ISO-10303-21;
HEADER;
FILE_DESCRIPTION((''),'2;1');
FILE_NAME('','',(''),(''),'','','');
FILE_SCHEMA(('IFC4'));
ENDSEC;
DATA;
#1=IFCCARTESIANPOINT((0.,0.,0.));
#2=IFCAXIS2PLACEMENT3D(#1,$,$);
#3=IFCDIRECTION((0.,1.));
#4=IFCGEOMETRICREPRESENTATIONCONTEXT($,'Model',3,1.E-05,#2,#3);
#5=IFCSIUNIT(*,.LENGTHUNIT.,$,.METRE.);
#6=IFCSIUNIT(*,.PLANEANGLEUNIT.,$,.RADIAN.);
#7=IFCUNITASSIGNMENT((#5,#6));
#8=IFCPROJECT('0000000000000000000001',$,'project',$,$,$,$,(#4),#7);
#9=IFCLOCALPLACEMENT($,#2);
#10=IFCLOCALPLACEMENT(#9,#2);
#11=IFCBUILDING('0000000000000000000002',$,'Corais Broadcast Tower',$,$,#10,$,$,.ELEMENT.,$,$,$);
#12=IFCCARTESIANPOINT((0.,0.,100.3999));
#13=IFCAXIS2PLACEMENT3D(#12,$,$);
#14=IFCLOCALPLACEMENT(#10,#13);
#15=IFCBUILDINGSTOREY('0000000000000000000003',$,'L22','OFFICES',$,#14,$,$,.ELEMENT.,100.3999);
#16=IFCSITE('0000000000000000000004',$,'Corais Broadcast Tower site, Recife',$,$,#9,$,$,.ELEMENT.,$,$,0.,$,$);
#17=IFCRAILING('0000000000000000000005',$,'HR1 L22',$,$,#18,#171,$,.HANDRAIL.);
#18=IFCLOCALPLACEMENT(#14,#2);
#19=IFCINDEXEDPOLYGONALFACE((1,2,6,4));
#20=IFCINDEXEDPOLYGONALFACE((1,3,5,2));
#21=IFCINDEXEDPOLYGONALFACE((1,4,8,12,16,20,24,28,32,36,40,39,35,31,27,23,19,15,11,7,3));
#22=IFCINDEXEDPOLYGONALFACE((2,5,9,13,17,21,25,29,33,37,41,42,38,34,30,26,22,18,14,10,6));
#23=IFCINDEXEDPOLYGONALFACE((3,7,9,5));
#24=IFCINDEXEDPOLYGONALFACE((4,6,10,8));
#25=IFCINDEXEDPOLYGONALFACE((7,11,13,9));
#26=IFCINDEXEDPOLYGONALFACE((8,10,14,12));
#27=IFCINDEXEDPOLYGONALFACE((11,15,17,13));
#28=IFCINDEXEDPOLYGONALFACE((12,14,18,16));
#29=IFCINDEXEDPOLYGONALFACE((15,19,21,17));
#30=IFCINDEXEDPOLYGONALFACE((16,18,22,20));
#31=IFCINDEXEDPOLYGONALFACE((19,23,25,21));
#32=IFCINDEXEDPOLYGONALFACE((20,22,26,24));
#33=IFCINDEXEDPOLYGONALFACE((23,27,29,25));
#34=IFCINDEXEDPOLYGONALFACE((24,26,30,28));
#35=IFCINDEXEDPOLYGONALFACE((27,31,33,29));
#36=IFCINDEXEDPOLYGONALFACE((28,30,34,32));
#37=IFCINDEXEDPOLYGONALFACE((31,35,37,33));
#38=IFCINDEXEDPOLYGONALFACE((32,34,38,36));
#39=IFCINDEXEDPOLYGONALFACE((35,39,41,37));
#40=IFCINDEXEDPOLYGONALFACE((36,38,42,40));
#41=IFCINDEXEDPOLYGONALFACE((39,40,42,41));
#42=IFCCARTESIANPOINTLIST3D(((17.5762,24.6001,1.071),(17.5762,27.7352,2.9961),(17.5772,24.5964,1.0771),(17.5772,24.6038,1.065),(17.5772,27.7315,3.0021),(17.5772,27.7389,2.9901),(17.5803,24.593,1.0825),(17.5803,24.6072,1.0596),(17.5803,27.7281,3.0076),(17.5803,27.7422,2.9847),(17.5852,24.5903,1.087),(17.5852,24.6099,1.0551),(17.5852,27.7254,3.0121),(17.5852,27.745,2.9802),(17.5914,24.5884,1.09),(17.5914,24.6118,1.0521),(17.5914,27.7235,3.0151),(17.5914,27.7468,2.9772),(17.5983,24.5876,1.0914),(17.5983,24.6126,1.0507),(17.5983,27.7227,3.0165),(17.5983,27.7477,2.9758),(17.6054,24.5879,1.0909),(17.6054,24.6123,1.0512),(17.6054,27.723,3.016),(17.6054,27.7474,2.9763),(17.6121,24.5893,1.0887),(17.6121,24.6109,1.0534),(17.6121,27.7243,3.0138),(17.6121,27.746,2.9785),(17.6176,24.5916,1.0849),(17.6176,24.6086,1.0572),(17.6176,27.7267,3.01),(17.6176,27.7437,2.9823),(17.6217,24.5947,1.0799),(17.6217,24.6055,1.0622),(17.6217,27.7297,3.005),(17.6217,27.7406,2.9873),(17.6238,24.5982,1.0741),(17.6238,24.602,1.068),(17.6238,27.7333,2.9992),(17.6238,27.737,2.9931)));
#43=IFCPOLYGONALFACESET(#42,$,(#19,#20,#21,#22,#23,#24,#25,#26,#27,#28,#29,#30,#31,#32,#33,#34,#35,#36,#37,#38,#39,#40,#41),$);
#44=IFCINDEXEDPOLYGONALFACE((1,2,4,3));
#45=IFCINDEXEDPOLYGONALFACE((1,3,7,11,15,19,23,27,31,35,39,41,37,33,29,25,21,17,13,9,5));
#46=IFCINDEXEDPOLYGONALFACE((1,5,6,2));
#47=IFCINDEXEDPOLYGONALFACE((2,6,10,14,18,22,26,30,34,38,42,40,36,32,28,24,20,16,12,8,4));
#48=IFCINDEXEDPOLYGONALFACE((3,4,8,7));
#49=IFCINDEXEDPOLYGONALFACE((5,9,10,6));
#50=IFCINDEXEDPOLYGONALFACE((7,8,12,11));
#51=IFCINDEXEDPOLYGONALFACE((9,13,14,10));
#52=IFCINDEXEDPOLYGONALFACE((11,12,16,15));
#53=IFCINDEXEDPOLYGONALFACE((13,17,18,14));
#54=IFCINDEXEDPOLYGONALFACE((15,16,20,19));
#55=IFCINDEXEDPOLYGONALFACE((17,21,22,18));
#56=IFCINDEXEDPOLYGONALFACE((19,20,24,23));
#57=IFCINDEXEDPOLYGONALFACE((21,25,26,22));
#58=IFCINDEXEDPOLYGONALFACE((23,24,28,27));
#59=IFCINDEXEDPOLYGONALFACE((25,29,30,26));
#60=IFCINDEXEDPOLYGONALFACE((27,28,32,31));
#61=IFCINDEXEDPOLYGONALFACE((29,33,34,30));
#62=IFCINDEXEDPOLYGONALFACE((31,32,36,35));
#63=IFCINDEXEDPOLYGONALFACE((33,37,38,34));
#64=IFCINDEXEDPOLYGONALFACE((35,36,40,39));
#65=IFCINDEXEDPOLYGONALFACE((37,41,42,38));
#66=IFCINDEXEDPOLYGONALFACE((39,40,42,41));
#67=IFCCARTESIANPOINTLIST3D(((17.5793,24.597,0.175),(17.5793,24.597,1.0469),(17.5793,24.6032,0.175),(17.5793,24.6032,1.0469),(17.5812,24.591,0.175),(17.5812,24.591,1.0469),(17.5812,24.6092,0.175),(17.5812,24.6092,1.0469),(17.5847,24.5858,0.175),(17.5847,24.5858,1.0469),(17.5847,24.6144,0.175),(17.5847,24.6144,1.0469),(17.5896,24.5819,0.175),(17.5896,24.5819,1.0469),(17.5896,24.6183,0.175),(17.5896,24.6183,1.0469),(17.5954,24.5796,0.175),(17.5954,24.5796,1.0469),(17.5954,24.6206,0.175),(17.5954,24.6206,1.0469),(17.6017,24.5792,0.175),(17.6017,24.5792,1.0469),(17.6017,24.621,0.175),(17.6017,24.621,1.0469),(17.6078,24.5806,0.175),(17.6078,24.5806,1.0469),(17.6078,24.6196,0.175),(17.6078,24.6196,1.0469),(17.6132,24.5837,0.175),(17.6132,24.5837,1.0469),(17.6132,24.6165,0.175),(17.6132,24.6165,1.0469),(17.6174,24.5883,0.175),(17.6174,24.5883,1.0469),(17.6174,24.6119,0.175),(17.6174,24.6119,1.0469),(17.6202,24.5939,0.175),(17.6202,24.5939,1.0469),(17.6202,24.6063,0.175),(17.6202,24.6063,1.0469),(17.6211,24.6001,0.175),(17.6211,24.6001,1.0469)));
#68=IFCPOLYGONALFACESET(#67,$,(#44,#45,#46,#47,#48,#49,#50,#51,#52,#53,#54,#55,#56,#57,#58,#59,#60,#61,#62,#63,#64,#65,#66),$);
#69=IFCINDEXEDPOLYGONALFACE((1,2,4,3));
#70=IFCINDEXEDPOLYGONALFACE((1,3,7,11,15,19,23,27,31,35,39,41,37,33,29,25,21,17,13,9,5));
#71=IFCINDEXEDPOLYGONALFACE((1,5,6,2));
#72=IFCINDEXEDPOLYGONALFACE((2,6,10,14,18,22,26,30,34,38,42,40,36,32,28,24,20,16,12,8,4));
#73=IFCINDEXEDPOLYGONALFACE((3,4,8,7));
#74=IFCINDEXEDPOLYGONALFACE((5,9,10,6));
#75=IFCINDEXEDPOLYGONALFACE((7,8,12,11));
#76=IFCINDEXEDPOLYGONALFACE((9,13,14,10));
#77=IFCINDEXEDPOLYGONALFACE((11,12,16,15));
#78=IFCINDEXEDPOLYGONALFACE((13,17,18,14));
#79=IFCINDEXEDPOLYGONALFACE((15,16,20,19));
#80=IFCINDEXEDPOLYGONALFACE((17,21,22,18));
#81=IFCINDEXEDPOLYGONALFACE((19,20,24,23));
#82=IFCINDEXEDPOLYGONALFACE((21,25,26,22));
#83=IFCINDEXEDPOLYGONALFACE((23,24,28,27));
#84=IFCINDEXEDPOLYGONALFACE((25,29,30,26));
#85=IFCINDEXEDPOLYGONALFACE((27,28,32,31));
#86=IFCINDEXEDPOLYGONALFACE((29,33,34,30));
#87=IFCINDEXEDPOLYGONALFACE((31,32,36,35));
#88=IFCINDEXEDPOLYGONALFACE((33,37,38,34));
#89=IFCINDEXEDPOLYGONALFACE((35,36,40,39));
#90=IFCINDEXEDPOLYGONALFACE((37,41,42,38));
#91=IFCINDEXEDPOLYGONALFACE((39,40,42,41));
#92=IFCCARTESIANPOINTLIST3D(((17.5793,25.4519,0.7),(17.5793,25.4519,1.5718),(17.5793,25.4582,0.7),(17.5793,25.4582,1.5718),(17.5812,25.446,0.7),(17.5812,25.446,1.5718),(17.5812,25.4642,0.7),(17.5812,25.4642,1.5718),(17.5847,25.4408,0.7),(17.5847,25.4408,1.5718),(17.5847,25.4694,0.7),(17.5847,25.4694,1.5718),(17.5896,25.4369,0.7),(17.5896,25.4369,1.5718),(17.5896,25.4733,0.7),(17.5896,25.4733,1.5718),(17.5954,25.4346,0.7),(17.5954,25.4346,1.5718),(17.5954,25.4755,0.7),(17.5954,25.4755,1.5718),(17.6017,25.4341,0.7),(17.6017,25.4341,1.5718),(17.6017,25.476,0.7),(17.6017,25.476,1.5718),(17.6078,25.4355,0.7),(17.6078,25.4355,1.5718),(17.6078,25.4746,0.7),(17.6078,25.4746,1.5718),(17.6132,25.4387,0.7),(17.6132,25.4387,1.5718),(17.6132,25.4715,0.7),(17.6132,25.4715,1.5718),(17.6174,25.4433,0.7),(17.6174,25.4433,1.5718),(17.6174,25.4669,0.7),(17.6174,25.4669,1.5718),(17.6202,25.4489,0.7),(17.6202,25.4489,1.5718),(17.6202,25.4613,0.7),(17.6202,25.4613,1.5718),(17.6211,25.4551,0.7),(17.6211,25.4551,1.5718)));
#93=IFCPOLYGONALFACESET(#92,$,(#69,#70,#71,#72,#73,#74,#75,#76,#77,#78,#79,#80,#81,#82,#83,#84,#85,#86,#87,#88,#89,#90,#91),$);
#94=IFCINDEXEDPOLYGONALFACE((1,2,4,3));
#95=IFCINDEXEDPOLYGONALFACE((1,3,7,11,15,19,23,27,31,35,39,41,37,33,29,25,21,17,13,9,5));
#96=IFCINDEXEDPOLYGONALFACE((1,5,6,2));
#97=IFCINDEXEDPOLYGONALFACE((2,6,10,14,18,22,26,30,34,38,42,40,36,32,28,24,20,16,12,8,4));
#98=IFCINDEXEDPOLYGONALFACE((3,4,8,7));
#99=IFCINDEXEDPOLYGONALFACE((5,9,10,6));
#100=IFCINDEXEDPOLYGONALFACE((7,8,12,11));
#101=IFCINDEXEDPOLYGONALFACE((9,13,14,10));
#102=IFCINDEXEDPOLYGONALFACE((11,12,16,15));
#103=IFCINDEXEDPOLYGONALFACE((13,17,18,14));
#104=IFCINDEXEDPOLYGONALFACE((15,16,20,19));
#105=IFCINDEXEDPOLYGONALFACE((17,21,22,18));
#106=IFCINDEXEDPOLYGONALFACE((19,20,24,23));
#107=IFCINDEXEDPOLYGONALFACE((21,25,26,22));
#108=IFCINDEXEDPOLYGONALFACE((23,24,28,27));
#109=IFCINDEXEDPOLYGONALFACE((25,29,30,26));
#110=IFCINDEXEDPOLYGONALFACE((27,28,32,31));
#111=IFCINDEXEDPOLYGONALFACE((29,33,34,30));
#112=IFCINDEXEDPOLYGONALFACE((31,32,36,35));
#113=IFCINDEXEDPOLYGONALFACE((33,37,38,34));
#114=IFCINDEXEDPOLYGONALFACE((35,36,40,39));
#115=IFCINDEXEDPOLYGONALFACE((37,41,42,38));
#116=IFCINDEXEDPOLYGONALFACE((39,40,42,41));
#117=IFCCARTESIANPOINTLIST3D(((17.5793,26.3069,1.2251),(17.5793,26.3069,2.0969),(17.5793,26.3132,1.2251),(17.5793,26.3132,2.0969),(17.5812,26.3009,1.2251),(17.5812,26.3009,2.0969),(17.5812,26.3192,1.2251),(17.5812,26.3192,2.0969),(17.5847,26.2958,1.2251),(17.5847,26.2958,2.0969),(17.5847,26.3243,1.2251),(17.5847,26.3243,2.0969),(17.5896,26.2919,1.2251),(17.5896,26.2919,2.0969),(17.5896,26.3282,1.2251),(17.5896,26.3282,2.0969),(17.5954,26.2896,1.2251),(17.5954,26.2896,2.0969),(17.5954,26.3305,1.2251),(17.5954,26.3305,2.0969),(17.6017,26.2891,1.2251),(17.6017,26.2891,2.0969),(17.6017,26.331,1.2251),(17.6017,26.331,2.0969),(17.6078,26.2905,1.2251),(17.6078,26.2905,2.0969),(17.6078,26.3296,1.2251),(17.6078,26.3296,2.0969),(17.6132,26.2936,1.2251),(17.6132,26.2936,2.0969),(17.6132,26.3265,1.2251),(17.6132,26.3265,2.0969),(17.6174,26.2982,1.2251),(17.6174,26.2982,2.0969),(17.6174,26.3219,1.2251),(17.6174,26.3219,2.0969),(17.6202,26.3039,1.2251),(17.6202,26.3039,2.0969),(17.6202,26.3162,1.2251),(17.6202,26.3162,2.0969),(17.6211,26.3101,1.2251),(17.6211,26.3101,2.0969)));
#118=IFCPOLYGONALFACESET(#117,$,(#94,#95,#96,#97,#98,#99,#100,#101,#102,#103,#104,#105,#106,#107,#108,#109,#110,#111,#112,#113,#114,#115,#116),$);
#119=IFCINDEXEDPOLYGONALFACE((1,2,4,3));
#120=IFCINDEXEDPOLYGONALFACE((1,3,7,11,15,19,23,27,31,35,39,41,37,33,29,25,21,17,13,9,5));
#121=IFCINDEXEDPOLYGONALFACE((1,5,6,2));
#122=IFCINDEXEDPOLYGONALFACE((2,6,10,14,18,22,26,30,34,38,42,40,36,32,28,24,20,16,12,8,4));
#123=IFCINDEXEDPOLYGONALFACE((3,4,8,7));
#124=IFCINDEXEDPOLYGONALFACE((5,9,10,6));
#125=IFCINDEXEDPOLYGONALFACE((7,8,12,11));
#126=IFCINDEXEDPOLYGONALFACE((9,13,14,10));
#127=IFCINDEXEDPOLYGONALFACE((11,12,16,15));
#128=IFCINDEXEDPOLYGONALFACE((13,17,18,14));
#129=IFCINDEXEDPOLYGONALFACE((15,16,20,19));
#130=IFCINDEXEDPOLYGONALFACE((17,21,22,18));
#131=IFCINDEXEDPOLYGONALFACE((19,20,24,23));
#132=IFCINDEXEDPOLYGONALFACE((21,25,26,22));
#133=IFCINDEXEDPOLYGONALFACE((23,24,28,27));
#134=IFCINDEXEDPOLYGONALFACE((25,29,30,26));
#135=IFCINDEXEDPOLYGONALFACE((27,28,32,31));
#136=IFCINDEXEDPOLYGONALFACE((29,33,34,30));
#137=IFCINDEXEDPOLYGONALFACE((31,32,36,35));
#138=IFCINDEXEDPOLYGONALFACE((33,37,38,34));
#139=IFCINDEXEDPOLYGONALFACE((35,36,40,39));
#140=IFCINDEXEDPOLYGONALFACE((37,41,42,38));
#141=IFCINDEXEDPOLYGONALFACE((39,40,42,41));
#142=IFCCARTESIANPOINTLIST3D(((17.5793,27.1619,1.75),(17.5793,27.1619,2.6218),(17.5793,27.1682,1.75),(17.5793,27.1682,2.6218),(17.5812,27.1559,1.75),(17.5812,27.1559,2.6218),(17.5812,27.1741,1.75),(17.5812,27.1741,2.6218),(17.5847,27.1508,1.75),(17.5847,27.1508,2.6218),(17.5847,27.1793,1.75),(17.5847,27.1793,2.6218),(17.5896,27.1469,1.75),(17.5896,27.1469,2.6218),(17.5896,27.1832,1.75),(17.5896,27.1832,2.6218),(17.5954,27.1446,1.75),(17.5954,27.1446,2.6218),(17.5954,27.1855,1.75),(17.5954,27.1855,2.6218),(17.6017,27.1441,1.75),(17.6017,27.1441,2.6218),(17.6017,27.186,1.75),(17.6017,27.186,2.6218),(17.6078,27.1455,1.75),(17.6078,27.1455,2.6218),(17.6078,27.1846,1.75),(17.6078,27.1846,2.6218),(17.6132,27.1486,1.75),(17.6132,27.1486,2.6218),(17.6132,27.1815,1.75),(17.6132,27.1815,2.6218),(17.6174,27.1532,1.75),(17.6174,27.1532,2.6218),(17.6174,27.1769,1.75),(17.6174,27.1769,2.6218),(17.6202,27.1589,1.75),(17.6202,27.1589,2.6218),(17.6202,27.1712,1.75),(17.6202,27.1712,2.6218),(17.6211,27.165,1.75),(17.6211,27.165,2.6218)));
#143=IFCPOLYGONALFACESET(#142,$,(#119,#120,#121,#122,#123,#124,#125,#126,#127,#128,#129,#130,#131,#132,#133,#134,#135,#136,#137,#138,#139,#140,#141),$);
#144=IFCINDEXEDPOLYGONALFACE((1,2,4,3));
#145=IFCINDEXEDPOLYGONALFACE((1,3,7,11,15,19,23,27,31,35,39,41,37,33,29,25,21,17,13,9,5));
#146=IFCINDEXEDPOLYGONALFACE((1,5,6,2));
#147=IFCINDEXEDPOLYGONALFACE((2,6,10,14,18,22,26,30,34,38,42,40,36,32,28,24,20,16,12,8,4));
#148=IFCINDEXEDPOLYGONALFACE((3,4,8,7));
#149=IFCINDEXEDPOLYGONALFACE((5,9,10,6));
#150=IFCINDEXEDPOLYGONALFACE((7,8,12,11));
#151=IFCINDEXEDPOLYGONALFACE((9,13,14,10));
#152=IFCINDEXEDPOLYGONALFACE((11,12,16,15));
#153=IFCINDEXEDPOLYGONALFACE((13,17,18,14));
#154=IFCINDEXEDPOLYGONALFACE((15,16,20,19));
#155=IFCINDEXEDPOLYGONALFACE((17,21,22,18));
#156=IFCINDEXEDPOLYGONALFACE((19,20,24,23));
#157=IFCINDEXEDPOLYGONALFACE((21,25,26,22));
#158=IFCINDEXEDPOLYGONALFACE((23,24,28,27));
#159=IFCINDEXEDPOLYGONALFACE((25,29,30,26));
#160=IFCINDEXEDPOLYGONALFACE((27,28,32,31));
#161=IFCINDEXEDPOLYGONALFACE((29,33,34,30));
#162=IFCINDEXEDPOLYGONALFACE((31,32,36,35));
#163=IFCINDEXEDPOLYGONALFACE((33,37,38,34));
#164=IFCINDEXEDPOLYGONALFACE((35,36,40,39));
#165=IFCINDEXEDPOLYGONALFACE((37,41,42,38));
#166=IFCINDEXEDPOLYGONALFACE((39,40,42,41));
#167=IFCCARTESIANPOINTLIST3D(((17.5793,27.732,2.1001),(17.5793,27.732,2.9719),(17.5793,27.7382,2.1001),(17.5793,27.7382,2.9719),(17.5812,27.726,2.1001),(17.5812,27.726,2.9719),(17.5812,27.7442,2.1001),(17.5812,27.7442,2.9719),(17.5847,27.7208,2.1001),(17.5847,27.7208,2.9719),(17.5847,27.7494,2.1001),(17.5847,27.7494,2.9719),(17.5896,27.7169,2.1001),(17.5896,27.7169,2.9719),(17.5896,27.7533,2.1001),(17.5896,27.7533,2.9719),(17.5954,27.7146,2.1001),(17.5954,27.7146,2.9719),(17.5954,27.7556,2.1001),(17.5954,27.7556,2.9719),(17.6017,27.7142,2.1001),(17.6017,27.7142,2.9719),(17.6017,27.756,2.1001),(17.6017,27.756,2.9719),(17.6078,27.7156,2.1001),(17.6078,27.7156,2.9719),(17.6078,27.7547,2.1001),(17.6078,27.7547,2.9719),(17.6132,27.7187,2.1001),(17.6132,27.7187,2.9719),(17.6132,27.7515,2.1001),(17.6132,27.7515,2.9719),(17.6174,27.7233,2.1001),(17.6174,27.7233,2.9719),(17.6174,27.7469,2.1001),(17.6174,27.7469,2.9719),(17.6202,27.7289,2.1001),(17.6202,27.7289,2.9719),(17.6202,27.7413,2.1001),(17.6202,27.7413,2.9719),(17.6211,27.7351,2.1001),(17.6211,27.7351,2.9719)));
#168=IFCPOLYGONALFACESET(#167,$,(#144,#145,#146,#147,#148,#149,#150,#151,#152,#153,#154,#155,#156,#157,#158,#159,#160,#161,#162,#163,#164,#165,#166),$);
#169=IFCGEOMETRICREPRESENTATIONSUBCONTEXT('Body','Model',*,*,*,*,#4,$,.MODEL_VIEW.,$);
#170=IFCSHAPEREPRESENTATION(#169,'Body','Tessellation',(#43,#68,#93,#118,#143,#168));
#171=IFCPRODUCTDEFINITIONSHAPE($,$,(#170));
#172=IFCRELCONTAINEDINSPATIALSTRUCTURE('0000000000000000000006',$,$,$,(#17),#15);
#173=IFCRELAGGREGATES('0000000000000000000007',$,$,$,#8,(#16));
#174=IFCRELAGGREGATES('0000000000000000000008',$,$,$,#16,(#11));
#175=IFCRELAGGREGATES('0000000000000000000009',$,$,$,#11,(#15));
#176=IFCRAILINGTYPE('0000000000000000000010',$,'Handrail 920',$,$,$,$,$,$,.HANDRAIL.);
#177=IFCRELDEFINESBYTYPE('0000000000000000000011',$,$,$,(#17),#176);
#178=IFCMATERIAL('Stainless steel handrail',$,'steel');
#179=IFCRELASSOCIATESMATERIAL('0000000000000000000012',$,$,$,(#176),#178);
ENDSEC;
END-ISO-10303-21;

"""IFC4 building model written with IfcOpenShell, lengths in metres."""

from ifc_helpers import new_model, si_unit, direction, frame, origin, origin_2d, place, context, subcontext, project, spatial, circle, extrude, material, type_object, element, save


model = new_model("IFC4")

# Units and contexts
model_context = context("Model", 3, precision=1e-05, world=origin(), true_north=direction((0.0, 1.0)))
body_context = subcontext(model_context, "Body", "Model", "MODEL_VIEW")
ifc_project = project(units=[si_unit("LENGTHUNIT", "METRE"), si_unit("PLANEANGLEUNIT", "RADIAN")], contexts=[model_context])

# Site, building, storey
site_placement = place(None, origin())
site = spatial("IfcSite", under=ifc_project, at=site_placement, Name="Corais Broadcast Tower site, Recife", CompositionType="ELEMENT", RefElevation=0.0)
building_placement = place(site_placement, origin())
building = spatial("IfcBuilding", under=site, at=building_placement, Name="Corais Broadcast Tower", CompositionType="ELEMENT")
storey_placement = place(building_placement, frame((0.0, 0.0, 100.3999)))
storey = spatial("IfcBuildingStorey", under=building, at=storey_placement, Name="L22", Description="OFFICES", CompositionType="ELEMENT", Elevation=100.3999)

# Railing
ifc_material_1 = material(Name="Stainless steel handrail", Category="steel")
railing_type = type_object("IfcRailingType", Name="Handrail 920", PredefinedType="HANDRAIL", material=ifc_material_1)
for number, where, name in (
    (1, (17.6001, 24.6001, 0.175), "HR1 L22"),
):
    element("IfcRailing", number, at=place(storey_placement, frame(where)), inside=storey, type_object=railing_type, Name=name, PredefinedType="HANDRAIL", context=body_context, shape_type="SweptSolid", body=[
        extrude(circle(Radius=0.0239, at=origin_2d()), frame((0.0, 0.0, 0.896), z_axis=(0.0, 0.852166, 0.523271), x_axis=(-1.0, 0.0, 0.0)), (0.0, 0.0, 1.0), 3.679),
        extrude(circle(Radius=0.021, at=origin_2d()), origin(), (0.0, 0.0, 1.0), 0.8718),
        extrude(circle(Radius=0.021, at=origin_2d()), frame((0.0, 0.855, 0.5249)), (0.0, 0.0, 1.0), 0.8718),
        extrude(circle(Radius=0.021, at=origin_2d()), frame((0.0, 1.71, 1.05)), (0.0, 0.0, 1.0), 0.8718),
        extrude(circle(Radius=0.021, at=origin_2d()), frame((0.0, 2.5649, 1.575)), (0.0, 0.0, 1.0), 0.8718),
        extrude(circle(Radius=0.021, at=origin_2d()), frame((0.0, 3.135, 1.925)), (0.0, 0.0, 1.0), 0.8718),
    ])

save(model, "model.ifc")
